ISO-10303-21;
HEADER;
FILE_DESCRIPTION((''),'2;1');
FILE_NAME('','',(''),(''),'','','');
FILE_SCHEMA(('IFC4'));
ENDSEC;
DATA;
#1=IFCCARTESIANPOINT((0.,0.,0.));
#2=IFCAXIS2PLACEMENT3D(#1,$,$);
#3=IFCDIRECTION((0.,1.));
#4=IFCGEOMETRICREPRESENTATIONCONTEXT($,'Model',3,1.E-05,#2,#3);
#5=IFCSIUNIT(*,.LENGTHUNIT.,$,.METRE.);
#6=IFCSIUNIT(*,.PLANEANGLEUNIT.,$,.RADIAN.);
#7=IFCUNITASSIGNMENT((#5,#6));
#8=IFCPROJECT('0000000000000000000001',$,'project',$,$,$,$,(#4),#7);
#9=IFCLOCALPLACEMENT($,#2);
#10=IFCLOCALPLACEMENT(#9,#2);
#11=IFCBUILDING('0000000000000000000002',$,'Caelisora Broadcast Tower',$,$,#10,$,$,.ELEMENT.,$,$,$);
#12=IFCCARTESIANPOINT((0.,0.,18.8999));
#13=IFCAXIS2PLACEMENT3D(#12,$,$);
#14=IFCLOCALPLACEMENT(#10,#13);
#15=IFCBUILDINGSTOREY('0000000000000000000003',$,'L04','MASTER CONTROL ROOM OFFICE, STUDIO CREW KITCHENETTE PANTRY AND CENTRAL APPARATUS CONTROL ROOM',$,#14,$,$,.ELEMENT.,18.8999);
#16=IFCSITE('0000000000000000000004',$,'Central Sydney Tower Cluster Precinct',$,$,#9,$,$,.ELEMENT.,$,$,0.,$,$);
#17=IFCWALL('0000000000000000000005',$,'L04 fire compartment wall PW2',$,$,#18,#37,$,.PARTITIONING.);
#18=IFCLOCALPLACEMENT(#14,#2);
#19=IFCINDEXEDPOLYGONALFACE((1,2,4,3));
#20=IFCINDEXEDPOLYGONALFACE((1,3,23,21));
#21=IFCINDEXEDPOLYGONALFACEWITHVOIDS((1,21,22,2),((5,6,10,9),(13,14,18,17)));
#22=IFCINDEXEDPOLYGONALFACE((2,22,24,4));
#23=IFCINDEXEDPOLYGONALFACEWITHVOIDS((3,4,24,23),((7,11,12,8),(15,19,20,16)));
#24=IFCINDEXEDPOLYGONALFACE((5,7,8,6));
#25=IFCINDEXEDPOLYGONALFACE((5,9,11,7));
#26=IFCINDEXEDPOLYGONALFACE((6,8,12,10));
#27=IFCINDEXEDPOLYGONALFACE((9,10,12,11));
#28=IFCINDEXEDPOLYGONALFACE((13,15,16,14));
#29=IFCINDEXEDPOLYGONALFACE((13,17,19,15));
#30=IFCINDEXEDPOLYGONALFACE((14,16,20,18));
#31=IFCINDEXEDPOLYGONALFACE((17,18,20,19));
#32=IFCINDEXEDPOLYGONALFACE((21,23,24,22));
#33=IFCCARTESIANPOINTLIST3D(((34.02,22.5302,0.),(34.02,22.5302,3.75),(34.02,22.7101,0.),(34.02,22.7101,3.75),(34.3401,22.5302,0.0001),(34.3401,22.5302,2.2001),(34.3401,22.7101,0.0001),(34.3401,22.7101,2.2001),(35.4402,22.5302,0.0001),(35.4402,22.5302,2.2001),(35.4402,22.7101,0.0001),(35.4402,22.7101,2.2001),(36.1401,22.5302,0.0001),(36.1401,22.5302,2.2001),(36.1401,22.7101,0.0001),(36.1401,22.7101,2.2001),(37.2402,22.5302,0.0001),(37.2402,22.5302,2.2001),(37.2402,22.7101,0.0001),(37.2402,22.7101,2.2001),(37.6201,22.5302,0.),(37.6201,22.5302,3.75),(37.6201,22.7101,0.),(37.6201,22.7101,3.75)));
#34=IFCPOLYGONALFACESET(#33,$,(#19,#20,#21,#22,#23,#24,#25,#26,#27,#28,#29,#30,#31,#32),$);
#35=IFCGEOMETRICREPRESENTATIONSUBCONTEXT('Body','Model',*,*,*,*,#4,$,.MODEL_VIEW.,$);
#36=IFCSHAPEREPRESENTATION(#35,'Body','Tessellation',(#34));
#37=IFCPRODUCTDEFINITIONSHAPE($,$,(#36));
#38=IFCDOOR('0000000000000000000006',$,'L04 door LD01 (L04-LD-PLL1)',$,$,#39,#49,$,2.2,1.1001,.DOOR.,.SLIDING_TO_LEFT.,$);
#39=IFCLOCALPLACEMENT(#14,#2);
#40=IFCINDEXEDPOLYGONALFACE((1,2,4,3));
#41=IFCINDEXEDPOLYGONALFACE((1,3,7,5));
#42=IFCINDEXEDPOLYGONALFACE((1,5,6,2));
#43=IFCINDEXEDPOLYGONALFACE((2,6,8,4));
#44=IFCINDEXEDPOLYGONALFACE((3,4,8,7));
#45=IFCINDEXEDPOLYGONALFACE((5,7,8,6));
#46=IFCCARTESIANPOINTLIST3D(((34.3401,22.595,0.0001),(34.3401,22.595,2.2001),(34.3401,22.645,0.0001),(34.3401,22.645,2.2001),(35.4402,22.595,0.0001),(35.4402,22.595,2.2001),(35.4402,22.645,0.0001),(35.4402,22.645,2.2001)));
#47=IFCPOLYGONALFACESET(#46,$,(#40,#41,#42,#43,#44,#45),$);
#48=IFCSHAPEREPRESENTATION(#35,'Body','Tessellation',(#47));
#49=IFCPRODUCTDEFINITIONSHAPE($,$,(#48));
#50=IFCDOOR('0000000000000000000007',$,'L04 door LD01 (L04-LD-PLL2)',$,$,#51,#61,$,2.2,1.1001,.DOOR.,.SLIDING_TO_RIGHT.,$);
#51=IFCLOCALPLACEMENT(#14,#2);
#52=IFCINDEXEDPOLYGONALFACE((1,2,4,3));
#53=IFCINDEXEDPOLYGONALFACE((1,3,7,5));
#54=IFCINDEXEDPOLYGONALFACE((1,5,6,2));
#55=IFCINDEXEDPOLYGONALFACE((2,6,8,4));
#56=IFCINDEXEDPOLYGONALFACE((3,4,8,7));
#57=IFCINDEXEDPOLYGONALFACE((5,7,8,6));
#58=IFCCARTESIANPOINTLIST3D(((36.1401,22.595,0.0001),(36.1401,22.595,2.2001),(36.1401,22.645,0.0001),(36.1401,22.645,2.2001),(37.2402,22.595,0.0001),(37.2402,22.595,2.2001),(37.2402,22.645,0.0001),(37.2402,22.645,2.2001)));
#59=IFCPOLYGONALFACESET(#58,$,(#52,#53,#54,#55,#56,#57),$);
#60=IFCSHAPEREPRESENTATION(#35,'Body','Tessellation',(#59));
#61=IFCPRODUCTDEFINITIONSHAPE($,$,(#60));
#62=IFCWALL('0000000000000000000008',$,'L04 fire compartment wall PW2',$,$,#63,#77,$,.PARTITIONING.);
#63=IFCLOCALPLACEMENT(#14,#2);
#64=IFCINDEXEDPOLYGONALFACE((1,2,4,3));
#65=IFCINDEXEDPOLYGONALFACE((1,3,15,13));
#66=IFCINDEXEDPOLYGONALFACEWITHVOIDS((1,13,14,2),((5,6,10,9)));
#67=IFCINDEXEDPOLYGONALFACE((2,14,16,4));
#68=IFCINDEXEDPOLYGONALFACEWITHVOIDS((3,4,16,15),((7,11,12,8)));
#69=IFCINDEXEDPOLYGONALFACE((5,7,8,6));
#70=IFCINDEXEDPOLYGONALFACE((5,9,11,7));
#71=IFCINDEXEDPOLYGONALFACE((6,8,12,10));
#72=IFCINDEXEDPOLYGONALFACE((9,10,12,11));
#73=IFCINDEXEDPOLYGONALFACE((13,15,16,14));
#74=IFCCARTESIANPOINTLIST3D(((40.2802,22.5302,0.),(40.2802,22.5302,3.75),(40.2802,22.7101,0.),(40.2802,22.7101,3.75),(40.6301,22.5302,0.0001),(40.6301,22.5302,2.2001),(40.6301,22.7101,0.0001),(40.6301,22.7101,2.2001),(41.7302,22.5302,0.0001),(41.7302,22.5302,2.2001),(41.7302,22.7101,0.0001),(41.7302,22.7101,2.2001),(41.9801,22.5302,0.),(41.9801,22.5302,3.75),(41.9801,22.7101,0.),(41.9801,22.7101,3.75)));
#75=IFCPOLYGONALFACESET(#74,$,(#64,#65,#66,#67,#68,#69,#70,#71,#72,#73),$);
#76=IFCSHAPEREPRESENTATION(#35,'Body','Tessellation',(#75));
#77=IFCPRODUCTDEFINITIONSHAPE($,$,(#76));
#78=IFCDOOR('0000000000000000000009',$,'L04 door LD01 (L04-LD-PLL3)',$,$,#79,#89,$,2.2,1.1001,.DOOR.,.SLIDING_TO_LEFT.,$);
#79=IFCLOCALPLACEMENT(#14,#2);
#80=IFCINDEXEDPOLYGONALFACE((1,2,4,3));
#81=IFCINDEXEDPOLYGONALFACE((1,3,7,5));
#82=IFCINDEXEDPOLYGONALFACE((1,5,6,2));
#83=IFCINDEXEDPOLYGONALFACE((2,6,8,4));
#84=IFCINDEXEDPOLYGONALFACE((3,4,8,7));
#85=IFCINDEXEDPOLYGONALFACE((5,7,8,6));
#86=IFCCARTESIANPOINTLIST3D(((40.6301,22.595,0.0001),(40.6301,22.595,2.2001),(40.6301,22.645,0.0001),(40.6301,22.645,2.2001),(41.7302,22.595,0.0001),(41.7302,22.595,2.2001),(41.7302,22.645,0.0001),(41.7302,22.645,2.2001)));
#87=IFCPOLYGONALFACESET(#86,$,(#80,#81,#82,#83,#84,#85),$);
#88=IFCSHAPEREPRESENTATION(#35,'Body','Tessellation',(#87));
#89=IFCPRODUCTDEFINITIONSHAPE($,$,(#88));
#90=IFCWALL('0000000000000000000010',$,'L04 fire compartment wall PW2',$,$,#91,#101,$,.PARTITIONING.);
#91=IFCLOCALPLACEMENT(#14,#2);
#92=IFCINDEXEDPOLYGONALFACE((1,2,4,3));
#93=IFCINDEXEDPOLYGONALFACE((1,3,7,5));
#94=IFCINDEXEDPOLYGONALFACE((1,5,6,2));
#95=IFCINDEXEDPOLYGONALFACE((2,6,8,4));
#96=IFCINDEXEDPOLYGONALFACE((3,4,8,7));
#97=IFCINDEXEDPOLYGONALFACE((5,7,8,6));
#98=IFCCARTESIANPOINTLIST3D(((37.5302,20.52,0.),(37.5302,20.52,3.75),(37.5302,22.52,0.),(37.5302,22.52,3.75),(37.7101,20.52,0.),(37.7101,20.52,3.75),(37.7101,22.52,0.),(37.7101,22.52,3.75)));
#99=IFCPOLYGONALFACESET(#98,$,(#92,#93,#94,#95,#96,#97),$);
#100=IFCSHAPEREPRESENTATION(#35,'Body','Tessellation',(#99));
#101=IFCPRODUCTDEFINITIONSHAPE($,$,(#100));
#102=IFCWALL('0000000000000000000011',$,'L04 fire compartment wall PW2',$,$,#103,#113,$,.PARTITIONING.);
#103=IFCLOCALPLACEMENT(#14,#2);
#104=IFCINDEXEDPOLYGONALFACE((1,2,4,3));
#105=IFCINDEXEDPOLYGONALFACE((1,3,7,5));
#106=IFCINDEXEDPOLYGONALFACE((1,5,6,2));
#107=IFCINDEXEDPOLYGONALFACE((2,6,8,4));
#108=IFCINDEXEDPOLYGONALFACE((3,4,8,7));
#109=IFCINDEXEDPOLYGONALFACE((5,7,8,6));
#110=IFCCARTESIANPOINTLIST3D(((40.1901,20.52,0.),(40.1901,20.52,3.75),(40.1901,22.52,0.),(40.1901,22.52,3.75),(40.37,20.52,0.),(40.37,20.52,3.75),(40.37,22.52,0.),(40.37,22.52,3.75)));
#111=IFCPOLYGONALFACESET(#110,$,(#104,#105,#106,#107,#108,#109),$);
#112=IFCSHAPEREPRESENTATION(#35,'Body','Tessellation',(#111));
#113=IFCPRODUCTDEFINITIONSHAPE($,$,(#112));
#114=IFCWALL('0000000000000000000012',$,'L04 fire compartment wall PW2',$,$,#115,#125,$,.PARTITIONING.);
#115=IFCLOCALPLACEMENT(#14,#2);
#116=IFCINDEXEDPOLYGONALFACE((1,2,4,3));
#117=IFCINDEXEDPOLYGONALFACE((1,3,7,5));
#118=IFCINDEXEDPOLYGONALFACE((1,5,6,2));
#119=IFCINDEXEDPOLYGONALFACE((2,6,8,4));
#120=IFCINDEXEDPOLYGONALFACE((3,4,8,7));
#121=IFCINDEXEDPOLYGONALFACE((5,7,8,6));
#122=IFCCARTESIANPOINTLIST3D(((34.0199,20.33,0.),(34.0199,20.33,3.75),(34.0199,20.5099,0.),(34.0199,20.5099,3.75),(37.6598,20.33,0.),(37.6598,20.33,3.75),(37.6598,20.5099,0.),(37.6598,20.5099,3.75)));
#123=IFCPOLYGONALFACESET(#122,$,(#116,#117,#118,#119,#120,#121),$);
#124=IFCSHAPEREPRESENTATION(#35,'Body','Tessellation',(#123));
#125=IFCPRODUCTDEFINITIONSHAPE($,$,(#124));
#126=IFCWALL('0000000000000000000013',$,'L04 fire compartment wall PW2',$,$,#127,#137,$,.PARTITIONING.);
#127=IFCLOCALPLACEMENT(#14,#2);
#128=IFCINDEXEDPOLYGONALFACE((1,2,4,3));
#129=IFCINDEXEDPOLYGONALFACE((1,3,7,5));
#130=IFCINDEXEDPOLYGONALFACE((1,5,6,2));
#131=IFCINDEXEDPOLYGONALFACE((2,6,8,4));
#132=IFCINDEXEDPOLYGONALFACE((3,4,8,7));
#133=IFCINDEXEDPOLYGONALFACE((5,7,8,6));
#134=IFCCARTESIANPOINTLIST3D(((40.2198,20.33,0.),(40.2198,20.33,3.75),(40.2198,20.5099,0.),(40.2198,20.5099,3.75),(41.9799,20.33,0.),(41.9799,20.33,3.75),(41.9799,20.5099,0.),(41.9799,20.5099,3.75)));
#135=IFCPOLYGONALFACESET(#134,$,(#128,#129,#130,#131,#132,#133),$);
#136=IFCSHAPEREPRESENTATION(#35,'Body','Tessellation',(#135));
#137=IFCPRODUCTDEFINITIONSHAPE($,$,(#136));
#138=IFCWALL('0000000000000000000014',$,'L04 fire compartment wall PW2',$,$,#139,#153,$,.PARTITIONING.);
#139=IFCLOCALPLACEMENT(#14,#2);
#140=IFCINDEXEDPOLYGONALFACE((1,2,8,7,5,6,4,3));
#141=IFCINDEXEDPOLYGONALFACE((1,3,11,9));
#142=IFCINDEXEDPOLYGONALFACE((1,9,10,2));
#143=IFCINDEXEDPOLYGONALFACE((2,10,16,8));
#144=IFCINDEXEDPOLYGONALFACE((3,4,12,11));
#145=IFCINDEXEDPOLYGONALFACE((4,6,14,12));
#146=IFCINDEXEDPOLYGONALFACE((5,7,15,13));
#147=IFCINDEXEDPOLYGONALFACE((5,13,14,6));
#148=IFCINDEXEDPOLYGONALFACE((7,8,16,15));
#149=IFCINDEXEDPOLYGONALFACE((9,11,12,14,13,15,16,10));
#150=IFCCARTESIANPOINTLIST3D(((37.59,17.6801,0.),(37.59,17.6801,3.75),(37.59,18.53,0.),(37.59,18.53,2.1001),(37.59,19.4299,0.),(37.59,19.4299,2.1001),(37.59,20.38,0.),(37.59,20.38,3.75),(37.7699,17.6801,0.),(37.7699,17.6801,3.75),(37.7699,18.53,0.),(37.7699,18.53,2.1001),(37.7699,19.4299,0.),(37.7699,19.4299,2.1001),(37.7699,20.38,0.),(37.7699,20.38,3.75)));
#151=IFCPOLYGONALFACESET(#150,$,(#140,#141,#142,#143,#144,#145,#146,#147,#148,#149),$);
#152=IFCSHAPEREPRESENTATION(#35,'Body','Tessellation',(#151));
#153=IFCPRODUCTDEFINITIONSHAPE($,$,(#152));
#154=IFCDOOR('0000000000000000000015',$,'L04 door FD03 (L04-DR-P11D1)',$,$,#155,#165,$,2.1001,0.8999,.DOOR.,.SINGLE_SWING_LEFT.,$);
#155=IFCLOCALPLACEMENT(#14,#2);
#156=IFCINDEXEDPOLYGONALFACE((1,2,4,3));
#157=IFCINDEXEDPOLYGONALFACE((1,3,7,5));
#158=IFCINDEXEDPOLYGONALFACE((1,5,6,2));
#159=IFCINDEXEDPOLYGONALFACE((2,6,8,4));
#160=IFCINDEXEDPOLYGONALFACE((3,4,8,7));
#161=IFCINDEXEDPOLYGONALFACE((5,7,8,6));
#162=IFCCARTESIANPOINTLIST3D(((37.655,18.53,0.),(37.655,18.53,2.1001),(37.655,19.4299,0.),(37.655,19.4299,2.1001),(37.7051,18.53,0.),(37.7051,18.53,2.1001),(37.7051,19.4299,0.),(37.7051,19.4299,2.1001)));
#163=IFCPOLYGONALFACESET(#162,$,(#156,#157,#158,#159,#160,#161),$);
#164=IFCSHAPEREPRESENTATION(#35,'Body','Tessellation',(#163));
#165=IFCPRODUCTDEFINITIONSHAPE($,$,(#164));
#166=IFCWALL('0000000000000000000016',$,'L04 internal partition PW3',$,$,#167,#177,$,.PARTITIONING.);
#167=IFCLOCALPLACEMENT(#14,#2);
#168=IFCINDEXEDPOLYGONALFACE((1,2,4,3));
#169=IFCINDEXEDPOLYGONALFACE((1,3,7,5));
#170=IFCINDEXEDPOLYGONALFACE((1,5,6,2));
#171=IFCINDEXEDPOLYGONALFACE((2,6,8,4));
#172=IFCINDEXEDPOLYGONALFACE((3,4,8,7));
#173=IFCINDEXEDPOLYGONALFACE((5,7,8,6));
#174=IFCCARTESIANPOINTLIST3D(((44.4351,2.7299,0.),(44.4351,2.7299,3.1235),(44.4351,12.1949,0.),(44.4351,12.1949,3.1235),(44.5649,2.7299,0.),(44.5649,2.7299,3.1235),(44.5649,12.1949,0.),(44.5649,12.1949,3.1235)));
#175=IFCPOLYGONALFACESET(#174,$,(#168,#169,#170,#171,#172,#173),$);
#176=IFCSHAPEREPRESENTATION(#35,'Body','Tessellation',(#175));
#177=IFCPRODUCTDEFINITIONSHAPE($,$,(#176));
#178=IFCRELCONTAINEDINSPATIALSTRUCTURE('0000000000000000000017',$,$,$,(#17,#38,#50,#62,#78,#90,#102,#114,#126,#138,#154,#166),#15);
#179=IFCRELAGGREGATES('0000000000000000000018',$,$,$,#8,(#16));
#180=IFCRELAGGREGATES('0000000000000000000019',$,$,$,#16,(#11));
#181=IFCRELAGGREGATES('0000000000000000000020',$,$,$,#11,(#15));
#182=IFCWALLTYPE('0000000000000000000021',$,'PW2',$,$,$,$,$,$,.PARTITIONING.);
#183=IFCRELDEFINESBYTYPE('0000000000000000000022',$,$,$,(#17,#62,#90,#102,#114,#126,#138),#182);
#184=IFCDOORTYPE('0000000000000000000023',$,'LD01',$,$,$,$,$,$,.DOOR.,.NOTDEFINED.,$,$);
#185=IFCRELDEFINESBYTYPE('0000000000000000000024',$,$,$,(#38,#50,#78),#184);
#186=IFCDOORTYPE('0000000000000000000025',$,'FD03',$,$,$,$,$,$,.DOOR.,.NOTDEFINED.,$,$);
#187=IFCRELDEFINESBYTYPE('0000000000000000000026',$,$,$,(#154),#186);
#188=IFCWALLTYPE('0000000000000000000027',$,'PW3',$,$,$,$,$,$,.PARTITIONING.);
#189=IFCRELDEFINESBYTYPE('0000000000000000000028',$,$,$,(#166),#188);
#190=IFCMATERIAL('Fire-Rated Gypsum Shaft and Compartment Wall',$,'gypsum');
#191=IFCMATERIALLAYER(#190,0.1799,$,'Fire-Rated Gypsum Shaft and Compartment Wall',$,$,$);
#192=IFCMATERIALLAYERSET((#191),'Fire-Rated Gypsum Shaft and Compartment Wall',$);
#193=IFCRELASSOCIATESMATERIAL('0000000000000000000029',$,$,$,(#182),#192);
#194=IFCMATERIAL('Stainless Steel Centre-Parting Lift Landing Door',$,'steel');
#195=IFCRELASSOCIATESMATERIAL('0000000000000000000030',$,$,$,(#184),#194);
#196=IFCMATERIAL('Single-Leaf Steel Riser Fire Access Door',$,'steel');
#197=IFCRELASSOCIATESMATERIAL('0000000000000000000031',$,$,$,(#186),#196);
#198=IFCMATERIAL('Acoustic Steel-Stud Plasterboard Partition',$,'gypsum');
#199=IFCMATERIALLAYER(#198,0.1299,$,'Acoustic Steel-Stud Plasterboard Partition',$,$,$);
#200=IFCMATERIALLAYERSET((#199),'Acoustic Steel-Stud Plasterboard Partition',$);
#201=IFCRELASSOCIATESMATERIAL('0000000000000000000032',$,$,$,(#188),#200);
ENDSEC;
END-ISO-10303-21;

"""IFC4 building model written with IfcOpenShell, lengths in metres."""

from ifc_helpers import new_model, si_unit, direction, frame, frame_2d, origin, place, context, subcontext, project, spatial, rectangle, extrude, material, layer, layer_set, type_object, element, fill, save


model = new_model("IFC4")

# Units and contexts
model_context = context("Model", 3, precision=1e-05, world=origin(), true_north=direction((0.0, 1.0)))
body_context = subcontext(model_context, "Body", "Model", "MODEL_VIEW")
ifc_project = project(units=[si_unit("LENGTHUNIT", "METRE"), si_unit("PLANEANGLEUNIT", "RADIAN")], contexts=[model_context])

# Site, building, storey
site_placement = place(None, origin())
site = spatial("IfcSite", under=ifc_project, at=site_placement, Name="Central Sydney Tower Cluster Precinct", CompositionType="ELEMENT", RefElevation=0.0)
building_placement = place(site_placement, origin())
building = spatial("IfcBuilding", under=site, at=building_placement, Name="Caelisora Broadcast Tower", CompositionType="ELEMENT")
storey_placement = place(building_placement, frame((0.0, 0.0, 18.8999)))
storey = spatial("IfcBuildingStorey", under=building, at=storey_placement, Name="L04", Description="MASTER CONTROL ROOM OFFICE, STUDIO CREW KITCHENETTE PANTRY AND CENTRAL APPARATUS CONTROL ROOM", CompositionType="ELEMENT", Elevation=18.8999)

# Wall, openings, doors
ifc_material_1 = material(Name="Fire-Rated Gypsum Shaft and Compartment Wall", Category="gypsum")
ifc_layer_1 = layer(ifc_material_1, 0.1799, Name="Fire-Rated Gypsum Shaft and Compartment Wall")
ifc_layer_set_1 = layer_set([ifc_layer_1], Name="Fire-Rated Gypsum Shaft and Compartment Wall")
wall_type_1 = type_object("IfcWallType", Name="PW2", PredefinedType="PARTITIONING", material=ifc_layer_set_1)
wall_1_placement = place(storey_placement, frame((34.02, 22.6201, 0.0), z_axis=(0.0, 0.0, 1.0), x_axis=(1.0, 0.0, 0.0)))
wall_1 = element("IfcWall", 1, at=wall_1_placement, inside=storey, type_object=wall_type_1, Name="L04 fire compartment wall PW2", PredefinedType="PARTITIONING", context=body_context, shape_type="SweptSolid", body=[
    extrude(rectangle(XDim=3.6001, YDim=0.1799, at=frame_2d((1.8, 0.0))), origin(), (0.0, 0.0, 1.0), 3.75),
])
opening_1_placement = place(wall_1_placement, frame((0.3201, 0.0, 0.0)))
opening_1 = element("IfcOpeningElement", 2, at=opening_1_placement, cuts=wall_1, PredefinedType="OPENING", context=body_context, shape_type="SweptSolid", body=[
    extrude(rectangle(XDim=1.1001, YDim=2.2, at=frame_2d((0.55, 1.1001))), frame((0.0, 0.1021, 0.0), z_axis=(0.0, -1.0, 0.0), x_axis=(1.0, 0.0, 0.0)), (0.0, 0.0, 1.0), 0.2039),
])
opening_2_placement = place(wall_1_placement, frame((2.1201, 0.0, 0.0)))
opening_2 = element("IfcOpeningElement", 3, at=opening_2_placement, cuts=wall_1, PredefinedType="OPENING", context=body_context, shape_type="SweptSolid", body=[
    extrude(rectangle(XDim=1.1001, YDim=2.2, at=frame_2d((0.55, 1.1001))), frame((0.0, 0.1021, 0.0), z_axis=(0.0, -1.0, 0.0), x_axis=(1.0, 0.0, 0.0)), (0.0, 0.0, 1.0), 0.2039),
])
ifc_material_2 = material(Name="Stainless Steel Centre-Parting Lift Landing Door", Category="steel")
door_type_1 = type_object("IfcDoorType", Name="LD01", OperationType="NOTDEFINED", PredefinedType="DOOR", material=ifc_material_2)
door_1_placement = place(opening_1_placement, origin())
door_1 = element("IfcDoor", 4, at=door_1_placement, inside=storey, type_object=door_type_1, Name="L04 door LD01 (L04-LD-PLL1)", OperationType="SLIDING_TO_LEFT", OverallHeight=2.2, OverallWidth=1.1001, PredefinedType="DOOR", context=body_context, shape_type="SweptSolid", body=[
    extrude(rectangle(XDim=1.1001, YDim=2.2, at=frame_2d((0.55, 1.1001))), frame((0.0, 0.0249, 0.0), z_axis=(0.0, -1.0, 0.0), x_axis=(1.0, 0.0, 0.0)), (0.0, 0.0, 1.0), 0.05),
])
fill(opening_1, door_1)
door_2_placement = place(opening_2_placement, origin())
door_2 = element("IfcDoor", 5, at=door_2_placement, inside=storey, type_object=door_type_1, Name="L04 door LD01 (L04-LD-PLL2)", OperationType="SLIDING_TO_RIGHT", OverallHeight=2.2, OverallWidth=1.1001, PredefinedType="DOOR", context=body_context, shape_type="SweptSolid", body=[
    extrude(rectangle(XDim=1.1001, YDim=2.2, at=frame_2d((0.55, 1.1001))), frame((0.0, 0.0249, 0.0), z_axis=(0.0, -1.0, 0.0), x_axis=(1.0, 0.0, 0.0)), (0.0, 0.0, 1.0), 0.05),
])
fill(opening_2, door_2)

# Wall, opening, door
wall_2_placement = place(storey_placement, frame((40.28, 22.6201, 0.0), z_axis=(0.0, 0.0, 1.0), x_axis=(1.0, 0.0, 0.0)))
wall_2 = element("IfcWall", 6, at=wall_2_placement, inside=storey, type_object=wall_type_1, Name="L04 fire compartment wall PW2", PredefinedType="PARTITIONING", context=body_context, shape_type="SweptSolid", body=[
    extrude(rectangle(XDim=1.7, YDim=0.1799, at=frame_2d((0.8501, 0.0))), origin(), (0.0, 0.0, 1.0), 3.75),
])
opening_3_placement = place(wall_2_placement, frame((0.3501, 0.0, 0.0)))
opening_3 = element("IfcOpeningElement", 7, at=opening_3_placement, cuts=wall_2, PredefinedType="OPENING", context=body_context, shape_type="SweptSolid", body=[
    extrude(rectangle(XDim=1.1001, YDim=2.2, at=frame_2d((0.55, 1.1001))), frame((0.0, 0.1021, 0.0), z_axis=(0.0, -1.0, 0.0), x_axis=(1.0, 0.0, 0.0)), (0.0, 0.0, 1.0), 0.2039),
])
door_3_placement = place(opening_3_placement, origin())
door_3 = element("IfcDoor", 8, at=door_3_placement, inside=storey, type_object=door_type_1, Name="L04 door LD01 (L04-LD-PLL3)", OperationType="SLIDING_TO_LEFT", OverallHeight=2.2, OverallWidth=1.1001, PredefinedType="DOOR", context=body_context, shape_type="SweptSolid", body=[
    extrude(rectangle(XDim=1.1001, YDim=2.2, at=frame_2d((0.55, 1.1001))), frame((0.0, 0.0249, 0.0), z_axis=(0.0, -1.0, 0.0), x_axis=(1.0, 0.0, 0.0)), (0.0, 0.0, 1.0), 0.05),
])
fill(opening_3, door_3)

# Walls
for number, where, z_axis, x_axis, name in (
    (9, (37.6201, 20.52, 0.0), (0.0, 0.0, 1.0), (0.0, 1.0, 0.0), "L04 fire compartment wall PW2"),
    (10, (40.28, 20.52, 0.0), (0.0, 0.0, 1.0), (0.0, 1.0, 0.0), "L04 fire compartment wall PW2"),
):
    element("IfcWall", number, at=place(storey_placement, frame(where, z_axis=z_axis, x_axis=x_axis)), inside=storey, type_object=wall_type_1, Name=name, PredefinedType="PARTITIONING", context=body_context, shape_type="SweptSolid", body=[
        extrude(rectangle(XDim=2.0, YDim=0.1799, at=frame_2d((1.0, 0.0))), origin(), (0.0, 0.0, 1.0), 3.75),
    ])
wall_3_placement = place(storey_placement, frame((34.02, 20.4199, 0.0), z_axis=(0.0, 0.0, 1.0), x_axis=(1.0, 0.0, 0.0)))
element("IfcWall", 11, at=wall_3_placement, inside=storey, type_object=wall_type_1, Name="L04 fire compartment wall PW2", PredefinedType="PARTITIONING", context=body_context, shape_type="SweptSolid", body=[
    extrude(rectangle(XDim=3.6399, YDim=0.1799, at=frame_2d((1.8198, 0.0))), origin(), (0.0, 0.0, 1.0), 3.75),
])
wall_4_placement = place(storey_placement, frame((40.22, 20.4199, 0.0), z_axis=(0.0, 0.0, 1.0), x_axis=(1.0, 0.0, 0.0)))
element("IfcWall", 12, at=wall_4_placement, inside=storey, type_object=wall_type_1, Name="L04 fire compartment wall PW2", PredefinedType="PARTITIONING", context=body_context, shape_type="SweptSolid", body=[
    extrude(rectangle(XDim=1.76, YDim=0.1799, at=frame_2d((0.8799, 0.0))), origin(), (0.0, 0.0, 1.0), 3.75),
])

# Wall, opening, door
wall_5_placement = place(storey_placement, frame((37.6799, 17.6799, 0.0), z_axis=(0.0, 0.0, 1.0), x_axis=(0.0, 1.0, 0.0)))
wall_5 = element("IfcWall", 13, at=wall_5_placement, inside=storey, type_object=wall_type_1, Name="L04 fire compartment wall PW2", PredefinedType="PARTITIONING", context=body_context, shape_type="SweptSolid", body=[
    extrude(rectangle(XDim=2.7, YDim=0.1799, at=frame_2d((1.3501, 0.0))), origin(), (0.0, 0.0, 1.0), 3.75),
])
opening_4_placement = place(wall_5_placement, frame((0.8501, 0.0, 0.0)))
opening_4 = element("IfcOpeningElement", 14, at=opening_4_placement, cuts=wall_5, PredefinedType="OPENING", context=body_context, shape_type="SweptSolid", body=[
    extrude(rectangle(XDim=0.8999, YDim=2.1001, at=frame_2d((0.45, 1.05))), frame((0.0, 0.1021, 0.0), z_axis=(0.0, -1.0, 0.0), x_axis=(1.0, 0.0, 0.0)), (0.0, 0.0, 1.0), 0.2039),
])
ifc_material_3 = material(Name="Single-Leaf Steel Riser Fire Access Door", Category="steel")
door_type_2 = type_object("IfcDoorType", Name="FD03", OperationType="NOTDEFINED", PredefinedType="DOOR", material=ifc_material_3)
door_4_placement = place(opening_4_placement, origin())
door_4 = element("IfcDoor", 15, at=door_4_placement, inside=storey, type_object=door_type_2, Name="L04 door FD03 (L04-DR-P11D1)", OperationType="SINGLE_SWING_LEFT", OverallHeight=2.1001, OverallWidth=0.8999, PredefinedType="DOOR", context=body_context, shape_type="SweptSolid", body=[
    extrude(rectangle(XDim=0.8999, YDim=2.1001, at=frame_2d((0.45, 1.05))), frame((0.0, 0.0249, 0.0), z_axis=(0.0, -1.0, 0.0), x_axis=(1.0, 0.0, 0.0)), (0.0, 0.0, 1.0), 0.05),
])
fill(opening_4, door_4)

# Wall
ifc_material_4 = material(Name="Acoustic Steel-Stud Plasterboard Partition", Category="gypsum")
ifc_layer_2 = layer(ifc_material_4, 0.1299, Name="Acoustic Steel-Stud Plasterboard Partition")
ifc_layer_set_2 = layer_set([ifc_layer_2], Name="Acoustic Steel-Stud Plasterboard Partition")
wall_type_2 = type_object("IfcWallType", Name="PW3", PredefinedType="PARTITIONING", material=ifc_layer_set_2)
wall_6_placement = place(storey_placement, frame((44.5, 2.73, 0.0), z_axis=(0.0, 0.0, 1.0), x_axis=(0.0, 1.0, 0.0)))
element("IfcWall", 16, at=wall_6_placement, inside=storey, type_object=wall_type_2, Name="L04 internal partition PW3", PredefinedType="PARTITIONING", context=body_context, shape_type="SweptSolid", body=[
    extrude(rectangle(XDim=9.4651, YDim=0.1299, at=frame_2d((4.7324, 0.0))), origin(), (0.0, 0.0, 1.0), 3.1235),
])

save(model, "model.ifc")
